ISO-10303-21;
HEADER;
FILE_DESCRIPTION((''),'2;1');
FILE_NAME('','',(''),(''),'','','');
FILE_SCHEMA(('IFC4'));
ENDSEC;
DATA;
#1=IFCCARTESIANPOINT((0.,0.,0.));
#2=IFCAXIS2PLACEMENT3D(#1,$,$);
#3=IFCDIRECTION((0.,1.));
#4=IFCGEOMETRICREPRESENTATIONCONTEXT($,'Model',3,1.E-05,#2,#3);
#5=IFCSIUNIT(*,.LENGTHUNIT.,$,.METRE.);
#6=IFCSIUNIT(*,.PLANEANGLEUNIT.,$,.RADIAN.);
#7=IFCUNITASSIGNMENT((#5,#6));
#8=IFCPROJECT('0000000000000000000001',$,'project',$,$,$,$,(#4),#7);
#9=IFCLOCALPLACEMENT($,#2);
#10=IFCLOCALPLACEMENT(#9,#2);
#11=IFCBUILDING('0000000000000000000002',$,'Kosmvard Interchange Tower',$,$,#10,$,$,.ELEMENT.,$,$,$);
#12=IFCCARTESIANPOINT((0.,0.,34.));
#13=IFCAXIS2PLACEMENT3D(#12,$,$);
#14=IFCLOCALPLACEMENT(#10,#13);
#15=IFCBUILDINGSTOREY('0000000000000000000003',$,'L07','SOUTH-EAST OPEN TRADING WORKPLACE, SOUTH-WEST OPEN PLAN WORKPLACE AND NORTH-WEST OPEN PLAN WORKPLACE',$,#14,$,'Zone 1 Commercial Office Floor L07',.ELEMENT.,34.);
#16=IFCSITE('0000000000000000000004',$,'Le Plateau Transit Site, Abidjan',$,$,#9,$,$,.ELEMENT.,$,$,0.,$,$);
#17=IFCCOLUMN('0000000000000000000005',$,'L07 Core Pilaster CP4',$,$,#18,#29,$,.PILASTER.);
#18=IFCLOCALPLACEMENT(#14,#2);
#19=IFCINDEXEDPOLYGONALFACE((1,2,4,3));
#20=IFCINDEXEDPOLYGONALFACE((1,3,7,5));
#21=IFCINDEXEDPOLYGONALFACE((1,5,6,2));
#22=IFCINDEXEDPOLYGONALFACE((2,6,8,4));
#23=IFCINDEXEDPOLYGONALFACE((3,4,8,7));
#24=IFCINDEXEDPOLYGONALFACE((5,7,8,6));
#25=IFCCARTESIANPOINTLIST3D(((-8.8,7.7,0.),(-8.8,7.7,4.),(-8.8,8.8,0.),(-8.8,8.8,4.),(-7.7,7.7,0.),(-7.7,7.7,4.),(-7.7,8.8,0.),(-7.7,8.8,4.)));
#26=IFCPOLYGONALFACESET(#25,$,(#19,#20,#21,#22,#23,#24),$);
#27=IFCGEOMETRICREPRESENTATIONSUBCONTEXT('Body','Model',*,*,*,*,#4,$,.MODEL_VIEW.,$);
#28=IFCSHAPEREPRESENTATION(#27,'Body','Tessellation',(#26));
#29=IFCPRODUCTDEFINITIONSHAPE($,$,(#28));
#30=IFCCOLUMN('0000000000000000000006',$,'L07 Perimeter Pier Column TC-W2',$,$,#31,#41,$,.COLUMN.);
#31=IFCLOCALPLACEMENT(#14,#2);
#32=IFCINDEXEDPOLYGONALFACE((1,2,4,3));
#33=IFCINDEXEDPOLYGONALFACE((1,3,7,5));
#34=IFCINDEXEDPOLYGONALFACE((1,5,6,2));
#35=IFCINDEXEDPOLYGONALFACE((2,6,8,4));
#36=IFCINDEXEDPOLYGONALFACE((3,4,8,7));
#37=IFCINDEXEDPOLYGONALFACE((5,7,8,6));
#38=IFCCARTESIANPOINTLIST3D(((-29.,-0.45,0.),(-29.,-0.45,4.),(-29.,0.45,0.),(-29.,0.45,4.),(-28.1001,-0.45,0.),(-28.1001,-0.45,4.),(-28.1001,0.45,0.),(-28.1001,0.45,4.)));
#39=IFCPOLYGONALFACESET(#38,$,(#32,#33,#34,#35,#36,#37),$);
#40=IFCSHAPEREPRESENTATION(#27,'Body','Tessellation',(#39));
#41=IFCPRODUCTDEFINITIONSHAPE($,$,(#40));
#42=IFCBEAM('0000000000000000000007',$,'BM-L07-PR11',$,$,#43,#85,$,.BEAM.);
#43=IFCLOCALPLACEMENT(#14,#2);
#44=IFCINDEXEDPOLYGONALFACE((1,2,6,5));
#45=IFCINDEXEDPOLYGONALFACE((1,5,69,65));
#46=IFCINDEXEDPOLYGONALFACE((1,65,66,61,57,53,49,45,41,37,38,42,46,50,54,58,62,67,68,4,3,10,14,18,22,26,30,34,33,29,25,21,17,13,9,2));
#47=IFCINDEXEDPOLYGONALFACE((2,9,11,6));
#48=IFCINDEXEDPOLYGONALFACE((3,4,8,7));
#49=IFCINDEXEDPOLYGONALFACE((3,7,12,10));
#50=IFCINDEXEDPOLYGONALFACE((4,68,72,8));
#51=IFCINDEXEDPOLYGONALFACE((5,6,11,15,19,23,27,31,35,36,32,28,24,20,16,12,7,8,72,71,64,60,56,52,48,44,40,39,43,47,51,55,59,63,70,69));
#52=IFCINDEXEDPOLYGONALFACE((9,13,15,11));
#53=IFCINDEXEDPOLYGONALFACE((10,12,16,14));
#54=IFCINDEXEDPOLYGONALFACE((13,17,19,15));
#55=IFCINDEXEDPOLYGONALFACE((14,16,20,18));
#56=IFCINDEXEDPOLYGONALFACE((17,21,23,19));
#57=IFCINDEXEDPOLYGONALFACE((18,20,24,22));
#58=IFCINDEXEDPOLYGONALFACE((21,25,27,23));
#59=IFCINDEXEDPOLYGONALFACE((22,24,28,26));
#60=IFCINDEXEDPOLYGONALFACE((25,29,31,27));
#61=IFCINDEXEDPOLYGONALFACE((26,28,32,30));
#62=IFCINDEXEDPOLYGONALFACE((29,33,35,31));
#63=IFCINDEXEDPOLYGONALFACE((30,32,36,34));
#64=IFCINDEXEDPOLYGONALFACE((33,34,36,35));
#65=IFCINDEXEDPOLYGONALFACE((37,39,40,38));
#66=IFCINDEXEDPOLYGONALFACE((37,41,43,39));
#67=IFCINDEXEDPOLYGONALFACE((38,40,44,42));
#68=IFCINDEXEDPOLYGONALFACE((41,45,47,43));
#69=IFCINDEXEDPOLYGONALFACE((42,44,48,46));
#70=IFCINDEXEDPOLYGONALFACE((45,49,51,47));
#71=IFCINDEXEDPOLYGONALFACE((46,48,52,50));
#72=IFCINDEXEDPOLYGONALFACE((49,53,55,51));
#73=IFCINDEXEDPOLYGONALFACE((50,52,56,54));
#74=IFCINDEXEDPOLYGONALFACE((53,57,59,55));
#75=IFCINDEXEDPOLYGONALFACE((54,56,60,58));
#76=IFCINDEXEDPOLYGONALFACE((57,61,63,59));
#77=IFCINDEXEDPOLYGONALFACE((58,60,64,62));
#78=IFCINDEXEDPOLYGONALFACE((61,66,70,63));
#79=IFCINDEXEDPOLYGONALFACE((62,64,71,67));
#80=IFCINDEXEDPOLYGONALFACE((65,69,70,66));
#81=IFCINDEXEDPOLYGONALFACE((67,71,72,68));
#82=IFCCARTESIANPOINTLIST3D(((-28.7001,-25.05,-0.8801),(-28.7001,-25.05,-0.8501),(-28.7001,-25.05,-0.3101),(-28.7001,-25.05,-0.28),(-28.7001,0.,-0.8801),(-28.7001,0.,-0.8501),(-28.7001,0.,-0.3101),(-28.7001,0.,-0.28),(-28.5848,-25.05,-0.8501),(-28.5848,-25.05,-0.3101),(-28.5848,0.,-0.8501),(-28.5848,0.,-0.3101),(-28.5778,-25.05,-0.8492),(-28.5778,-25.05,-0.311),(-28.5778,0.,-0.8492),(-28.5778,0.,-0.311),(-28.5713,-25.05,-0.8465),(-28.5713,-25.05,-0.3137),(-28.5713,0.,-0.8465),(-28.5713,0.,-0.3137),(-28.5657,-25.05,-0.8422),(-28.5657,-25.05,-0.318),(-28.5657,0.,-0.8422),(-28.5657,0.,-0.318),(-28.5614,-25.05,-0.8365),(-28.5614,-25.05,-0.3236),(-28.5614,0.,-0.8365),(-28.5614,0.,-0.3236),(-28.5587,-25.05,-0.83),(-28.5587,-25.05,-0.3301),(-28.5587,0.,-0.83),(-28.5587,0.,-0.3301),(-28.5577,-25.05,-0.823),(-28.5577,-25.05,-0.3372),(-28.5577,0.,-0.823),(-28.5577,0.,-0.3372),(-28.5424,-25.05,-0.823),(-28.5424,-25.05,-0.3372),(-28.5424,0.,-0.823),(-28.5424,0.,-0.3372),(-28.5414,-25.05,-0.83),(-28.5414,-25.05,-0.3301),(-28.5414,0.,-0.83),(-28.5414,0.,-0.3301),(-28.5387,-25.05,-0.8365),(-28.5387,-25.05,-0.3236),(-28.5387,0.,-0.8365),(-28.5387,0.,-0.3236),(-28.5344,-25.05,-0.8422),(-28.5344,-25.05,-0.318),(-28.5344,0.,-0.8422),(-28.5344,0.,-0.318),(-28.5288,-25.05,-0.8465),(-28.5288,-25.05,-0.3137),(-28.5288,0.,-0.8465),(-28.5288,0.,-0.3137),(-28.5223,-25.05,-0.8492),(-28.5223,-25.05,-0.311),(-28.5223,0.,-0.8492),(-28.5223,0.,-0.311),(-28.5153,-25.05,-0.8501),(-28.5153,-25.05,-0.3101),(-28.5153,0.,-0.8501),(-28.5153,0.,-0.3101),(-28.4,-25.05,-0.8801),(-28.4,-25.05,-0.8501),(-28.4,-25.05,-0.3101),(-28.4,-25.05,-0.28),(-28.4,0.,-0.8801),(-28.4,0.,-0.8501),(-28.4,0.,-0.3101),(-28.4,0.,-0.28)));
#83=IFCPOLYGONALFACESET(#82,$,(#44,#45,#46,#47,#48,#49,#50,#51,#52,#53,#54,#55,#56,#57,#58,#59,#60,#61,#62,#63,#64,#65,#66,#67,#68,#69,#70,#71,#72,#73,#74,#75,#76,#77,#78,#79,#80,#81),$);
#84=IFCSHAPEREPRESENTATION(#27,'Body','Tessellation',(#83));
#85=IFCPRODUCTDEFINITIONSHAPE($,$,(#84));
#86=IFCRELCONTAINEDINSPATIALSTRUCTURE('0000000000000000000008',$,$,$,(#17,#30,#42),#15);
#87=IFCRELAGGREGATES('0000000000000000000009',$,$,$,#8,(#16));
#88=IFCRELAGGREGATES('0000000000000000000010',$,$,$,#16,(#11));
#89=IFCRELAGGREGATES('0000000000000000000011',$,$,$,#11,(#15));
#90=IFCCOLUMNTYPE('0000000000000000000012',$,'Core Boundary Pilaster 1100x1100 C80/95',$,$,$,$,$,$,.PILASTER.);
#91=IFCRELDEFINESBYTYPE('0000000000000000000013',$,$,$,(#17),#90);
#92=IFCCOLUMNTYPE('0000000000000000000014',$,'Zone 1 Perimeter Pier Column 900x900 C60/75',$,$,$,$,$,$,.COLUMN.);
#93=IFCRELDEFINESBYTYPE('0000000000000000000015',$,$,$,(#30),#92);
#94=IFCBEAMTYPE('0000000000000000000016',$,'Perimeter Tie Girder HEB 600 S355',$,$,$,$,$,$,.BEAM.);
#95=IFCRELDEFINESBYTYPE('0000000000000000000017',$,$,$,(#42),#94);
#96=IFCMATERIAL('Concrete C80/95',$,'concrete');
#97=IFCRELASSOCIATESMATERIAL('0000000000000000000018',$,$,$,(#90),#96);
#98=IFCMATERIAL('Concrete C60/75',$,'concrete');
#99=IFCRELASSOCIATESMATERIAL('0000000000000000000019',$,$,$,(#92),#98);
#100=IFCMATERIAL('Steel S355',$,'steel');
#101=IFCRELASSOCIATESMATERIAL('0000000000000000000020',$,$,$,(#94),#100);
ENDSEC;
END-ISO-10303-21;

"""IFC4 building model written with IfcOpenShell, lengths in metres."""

from ifc_helpers import new_model, si_unit, direction, frame, origin, origin_2d, place, context, subcontext, project, spatial, rectangle, i_section, extrude, source, transform, mapped, material, material_profile, profile_set, type_object, element, save


model = new_model("IFC4")

# Units and contexts
model_context = context("Model", 3, precision=1e-05, world=origin(), true_north=direction((0.0, 1.0)))
body_context = subcontext(model_context, "Body", "Model", "MODEL_VIEW")
ifc_project = project(units=[si_unit("LENGTHUNIT", "METRE"), si_unit("PLANEANGLEUNIT", "RADIAN")], contexts=[model_context])

# Site, building, storey
site_placement = place(None, origin())
site = spatial("IfcSite", under=ifc_project, at=site_placement, Name="Le Plateau Transit Site, Abidjan", CompositionType="ELEMENT", RefElevation=0.0)
building_placement = place(site_placement, origin())
building = spatial("IfcBuilding", under=site, at=building_placement, Name="Kosmvard Interchange Tower", CompositionType="ELEMENT")
storey_placement = place(building_placement, frame((0.0, 0.0, 34.0)))
storey = spatial("IfcBuildingStorey", under=building, at=storey_placement, Name="L07", Description="SOUTH-EAST OPEN TRADING WORKPLACE, SOUTH-WEST OPEN PLAN WORKPLACE AND NORTH-WEST OPEN PLAN WORKPLACE", LongName="Zone 1 Commercial Office Floor L07", CompositionType="ELEMENT", Elevation=34.0)

# Columns
ifc_material_1 = material(Name="Concrete C80/95", Category="concrete")
ifc_material_profile_1 = material_profile(ifc_material_1, rectangle(XDim=1.1001, YDim=1.1001, at=origin_2d()), Name="CP 1100x1100")
ifc_profile_set_1 = profile_set([ifc_material_profile_1], Name="Concrete C80/95")
column_type_1 = type_object("IfcColumnType", Name="Core Boundary Pilaster 1100x1100 C80/95", PredefinedType="PILASTER", material=ifc_profile_set_1)
shared_shape_1 = source(origin(), body_context, "Body", "SweptSolid", [
    extrude(rectangle(XDim=1.1001, YDim=1.1001, at=origin_2d()), origin(), (0.0, 0.0, 1.0), 4.0),
])
column_1_placement = place(storey_placement, frame((-8.25, 8.25, 0.0), z_axis=(0.0, 0.0, 1.0), x_axis=(1.0, 0.0, 0.0)))
element("IfcColumn", 1, at=column_1_placement, inside=storey, type_object=column_type_1, Name="L07 Core Pilaster CP4", PredefinedType="PILASTER", context=body_context, shape_type="MappedRepresentation", body=[
    mapped(shared_shape_1, transform((0.0, 0.0, 0.0), scale=1.0)),
])
ifc_material_2 = material(Name="Concrete C60/75", Category="concrete")
ifc_material_profile_2 = material_profile(ifc_material_2, rectangle(XDim=0.8999, YDim=0.8999, at=origin_2d()), Name="TC 900x900")
ifc_profile_set_2 = profile_set([ifc_material_profile_2], Name="Concrete C60/75")
column_type_2 = type_object("IfcColumnType", Name="Zone 1 Perimeter Pier Column 900x900 C60/75", PredefinedType="COLUMN", material=ifc_profile_set_2)
shared_shape_2 = source(origin(), body_context, "Body", "SweptSolid", [
    extrude(rectangle(XDim=0.8999, YDim=0.8999, at=origin_2d()), origin(), (0.0, 0.0, 1.0), 4.0),
])
column_2_placement = place(storey_placement, frame((-28.55, 0.0, 0.0), z_axis=(0.0, 0.0, 1.0), x_axis=(1.0, 0.0, 0.0)))
element("IfcColumn", 2, at=column_2_placement, inside=storey, type_object=column_type_2, Name="L07 Perimeter Pier Column TC-W2", PredefinedType="COLUMN", context=body_context, shape_type="MappedRepresentation", body=[
    mapped(shared_shape_2, transform((0.0, 0.0, 0.0), scale=1.0)),
])

# Beam
ifc_material_3 = material(Name="Steel S355", Category="steel")
ifc_material_profile_3 = material_profile(ifc_material_3, i_section(OverallWidth=0.3, OverallDepth=0.6001, WebThickness=0.0154, FlangeThickness=0.03, FilletRadius=0.0271, at=origin_2d()), Name="HEB 600")
ifc_profile_set_3 = profile_set([ifc_material_profile_3], Name="Steel S355")
beam_type = type_object("IfcBeamType", Name="Perimeter Tie Girder HEB 600 S355", PredefinedType="BEAM", material=ifc_profile_set_3)
shared_shape_3 = source(origin(), body_context, "Body", "SweptSolid", [
    extrude(i_section(OverallWidth=0.3, OverallDepth=0.6001, WebThickness=0.0154, FlangeThickness=0.03, FilletRadius=0.0271, at=origin_2d()), origin(), (0.0, 0.0, 1.0), 25.05),
])
beam_placement = place(storey_placement, frame((-28.55, 0.0, -0.5801), z_axis=(0.0, -1.0, 0.0), x_axis=(1.0, 0.0, 0.0)))
element("IfcBeam", 3, at=beam_placement, inside=storey, type_object=beam_type, Name="BM-L07-PR11", PredefinedType="BEAM", context=body_context, shape_type="MappedRepresentation", body=[
    mapped(shared_shape_3, transform((0.0, 0.0, 0.0), scale=1.0)),
])

save(model, "model.ifc")
